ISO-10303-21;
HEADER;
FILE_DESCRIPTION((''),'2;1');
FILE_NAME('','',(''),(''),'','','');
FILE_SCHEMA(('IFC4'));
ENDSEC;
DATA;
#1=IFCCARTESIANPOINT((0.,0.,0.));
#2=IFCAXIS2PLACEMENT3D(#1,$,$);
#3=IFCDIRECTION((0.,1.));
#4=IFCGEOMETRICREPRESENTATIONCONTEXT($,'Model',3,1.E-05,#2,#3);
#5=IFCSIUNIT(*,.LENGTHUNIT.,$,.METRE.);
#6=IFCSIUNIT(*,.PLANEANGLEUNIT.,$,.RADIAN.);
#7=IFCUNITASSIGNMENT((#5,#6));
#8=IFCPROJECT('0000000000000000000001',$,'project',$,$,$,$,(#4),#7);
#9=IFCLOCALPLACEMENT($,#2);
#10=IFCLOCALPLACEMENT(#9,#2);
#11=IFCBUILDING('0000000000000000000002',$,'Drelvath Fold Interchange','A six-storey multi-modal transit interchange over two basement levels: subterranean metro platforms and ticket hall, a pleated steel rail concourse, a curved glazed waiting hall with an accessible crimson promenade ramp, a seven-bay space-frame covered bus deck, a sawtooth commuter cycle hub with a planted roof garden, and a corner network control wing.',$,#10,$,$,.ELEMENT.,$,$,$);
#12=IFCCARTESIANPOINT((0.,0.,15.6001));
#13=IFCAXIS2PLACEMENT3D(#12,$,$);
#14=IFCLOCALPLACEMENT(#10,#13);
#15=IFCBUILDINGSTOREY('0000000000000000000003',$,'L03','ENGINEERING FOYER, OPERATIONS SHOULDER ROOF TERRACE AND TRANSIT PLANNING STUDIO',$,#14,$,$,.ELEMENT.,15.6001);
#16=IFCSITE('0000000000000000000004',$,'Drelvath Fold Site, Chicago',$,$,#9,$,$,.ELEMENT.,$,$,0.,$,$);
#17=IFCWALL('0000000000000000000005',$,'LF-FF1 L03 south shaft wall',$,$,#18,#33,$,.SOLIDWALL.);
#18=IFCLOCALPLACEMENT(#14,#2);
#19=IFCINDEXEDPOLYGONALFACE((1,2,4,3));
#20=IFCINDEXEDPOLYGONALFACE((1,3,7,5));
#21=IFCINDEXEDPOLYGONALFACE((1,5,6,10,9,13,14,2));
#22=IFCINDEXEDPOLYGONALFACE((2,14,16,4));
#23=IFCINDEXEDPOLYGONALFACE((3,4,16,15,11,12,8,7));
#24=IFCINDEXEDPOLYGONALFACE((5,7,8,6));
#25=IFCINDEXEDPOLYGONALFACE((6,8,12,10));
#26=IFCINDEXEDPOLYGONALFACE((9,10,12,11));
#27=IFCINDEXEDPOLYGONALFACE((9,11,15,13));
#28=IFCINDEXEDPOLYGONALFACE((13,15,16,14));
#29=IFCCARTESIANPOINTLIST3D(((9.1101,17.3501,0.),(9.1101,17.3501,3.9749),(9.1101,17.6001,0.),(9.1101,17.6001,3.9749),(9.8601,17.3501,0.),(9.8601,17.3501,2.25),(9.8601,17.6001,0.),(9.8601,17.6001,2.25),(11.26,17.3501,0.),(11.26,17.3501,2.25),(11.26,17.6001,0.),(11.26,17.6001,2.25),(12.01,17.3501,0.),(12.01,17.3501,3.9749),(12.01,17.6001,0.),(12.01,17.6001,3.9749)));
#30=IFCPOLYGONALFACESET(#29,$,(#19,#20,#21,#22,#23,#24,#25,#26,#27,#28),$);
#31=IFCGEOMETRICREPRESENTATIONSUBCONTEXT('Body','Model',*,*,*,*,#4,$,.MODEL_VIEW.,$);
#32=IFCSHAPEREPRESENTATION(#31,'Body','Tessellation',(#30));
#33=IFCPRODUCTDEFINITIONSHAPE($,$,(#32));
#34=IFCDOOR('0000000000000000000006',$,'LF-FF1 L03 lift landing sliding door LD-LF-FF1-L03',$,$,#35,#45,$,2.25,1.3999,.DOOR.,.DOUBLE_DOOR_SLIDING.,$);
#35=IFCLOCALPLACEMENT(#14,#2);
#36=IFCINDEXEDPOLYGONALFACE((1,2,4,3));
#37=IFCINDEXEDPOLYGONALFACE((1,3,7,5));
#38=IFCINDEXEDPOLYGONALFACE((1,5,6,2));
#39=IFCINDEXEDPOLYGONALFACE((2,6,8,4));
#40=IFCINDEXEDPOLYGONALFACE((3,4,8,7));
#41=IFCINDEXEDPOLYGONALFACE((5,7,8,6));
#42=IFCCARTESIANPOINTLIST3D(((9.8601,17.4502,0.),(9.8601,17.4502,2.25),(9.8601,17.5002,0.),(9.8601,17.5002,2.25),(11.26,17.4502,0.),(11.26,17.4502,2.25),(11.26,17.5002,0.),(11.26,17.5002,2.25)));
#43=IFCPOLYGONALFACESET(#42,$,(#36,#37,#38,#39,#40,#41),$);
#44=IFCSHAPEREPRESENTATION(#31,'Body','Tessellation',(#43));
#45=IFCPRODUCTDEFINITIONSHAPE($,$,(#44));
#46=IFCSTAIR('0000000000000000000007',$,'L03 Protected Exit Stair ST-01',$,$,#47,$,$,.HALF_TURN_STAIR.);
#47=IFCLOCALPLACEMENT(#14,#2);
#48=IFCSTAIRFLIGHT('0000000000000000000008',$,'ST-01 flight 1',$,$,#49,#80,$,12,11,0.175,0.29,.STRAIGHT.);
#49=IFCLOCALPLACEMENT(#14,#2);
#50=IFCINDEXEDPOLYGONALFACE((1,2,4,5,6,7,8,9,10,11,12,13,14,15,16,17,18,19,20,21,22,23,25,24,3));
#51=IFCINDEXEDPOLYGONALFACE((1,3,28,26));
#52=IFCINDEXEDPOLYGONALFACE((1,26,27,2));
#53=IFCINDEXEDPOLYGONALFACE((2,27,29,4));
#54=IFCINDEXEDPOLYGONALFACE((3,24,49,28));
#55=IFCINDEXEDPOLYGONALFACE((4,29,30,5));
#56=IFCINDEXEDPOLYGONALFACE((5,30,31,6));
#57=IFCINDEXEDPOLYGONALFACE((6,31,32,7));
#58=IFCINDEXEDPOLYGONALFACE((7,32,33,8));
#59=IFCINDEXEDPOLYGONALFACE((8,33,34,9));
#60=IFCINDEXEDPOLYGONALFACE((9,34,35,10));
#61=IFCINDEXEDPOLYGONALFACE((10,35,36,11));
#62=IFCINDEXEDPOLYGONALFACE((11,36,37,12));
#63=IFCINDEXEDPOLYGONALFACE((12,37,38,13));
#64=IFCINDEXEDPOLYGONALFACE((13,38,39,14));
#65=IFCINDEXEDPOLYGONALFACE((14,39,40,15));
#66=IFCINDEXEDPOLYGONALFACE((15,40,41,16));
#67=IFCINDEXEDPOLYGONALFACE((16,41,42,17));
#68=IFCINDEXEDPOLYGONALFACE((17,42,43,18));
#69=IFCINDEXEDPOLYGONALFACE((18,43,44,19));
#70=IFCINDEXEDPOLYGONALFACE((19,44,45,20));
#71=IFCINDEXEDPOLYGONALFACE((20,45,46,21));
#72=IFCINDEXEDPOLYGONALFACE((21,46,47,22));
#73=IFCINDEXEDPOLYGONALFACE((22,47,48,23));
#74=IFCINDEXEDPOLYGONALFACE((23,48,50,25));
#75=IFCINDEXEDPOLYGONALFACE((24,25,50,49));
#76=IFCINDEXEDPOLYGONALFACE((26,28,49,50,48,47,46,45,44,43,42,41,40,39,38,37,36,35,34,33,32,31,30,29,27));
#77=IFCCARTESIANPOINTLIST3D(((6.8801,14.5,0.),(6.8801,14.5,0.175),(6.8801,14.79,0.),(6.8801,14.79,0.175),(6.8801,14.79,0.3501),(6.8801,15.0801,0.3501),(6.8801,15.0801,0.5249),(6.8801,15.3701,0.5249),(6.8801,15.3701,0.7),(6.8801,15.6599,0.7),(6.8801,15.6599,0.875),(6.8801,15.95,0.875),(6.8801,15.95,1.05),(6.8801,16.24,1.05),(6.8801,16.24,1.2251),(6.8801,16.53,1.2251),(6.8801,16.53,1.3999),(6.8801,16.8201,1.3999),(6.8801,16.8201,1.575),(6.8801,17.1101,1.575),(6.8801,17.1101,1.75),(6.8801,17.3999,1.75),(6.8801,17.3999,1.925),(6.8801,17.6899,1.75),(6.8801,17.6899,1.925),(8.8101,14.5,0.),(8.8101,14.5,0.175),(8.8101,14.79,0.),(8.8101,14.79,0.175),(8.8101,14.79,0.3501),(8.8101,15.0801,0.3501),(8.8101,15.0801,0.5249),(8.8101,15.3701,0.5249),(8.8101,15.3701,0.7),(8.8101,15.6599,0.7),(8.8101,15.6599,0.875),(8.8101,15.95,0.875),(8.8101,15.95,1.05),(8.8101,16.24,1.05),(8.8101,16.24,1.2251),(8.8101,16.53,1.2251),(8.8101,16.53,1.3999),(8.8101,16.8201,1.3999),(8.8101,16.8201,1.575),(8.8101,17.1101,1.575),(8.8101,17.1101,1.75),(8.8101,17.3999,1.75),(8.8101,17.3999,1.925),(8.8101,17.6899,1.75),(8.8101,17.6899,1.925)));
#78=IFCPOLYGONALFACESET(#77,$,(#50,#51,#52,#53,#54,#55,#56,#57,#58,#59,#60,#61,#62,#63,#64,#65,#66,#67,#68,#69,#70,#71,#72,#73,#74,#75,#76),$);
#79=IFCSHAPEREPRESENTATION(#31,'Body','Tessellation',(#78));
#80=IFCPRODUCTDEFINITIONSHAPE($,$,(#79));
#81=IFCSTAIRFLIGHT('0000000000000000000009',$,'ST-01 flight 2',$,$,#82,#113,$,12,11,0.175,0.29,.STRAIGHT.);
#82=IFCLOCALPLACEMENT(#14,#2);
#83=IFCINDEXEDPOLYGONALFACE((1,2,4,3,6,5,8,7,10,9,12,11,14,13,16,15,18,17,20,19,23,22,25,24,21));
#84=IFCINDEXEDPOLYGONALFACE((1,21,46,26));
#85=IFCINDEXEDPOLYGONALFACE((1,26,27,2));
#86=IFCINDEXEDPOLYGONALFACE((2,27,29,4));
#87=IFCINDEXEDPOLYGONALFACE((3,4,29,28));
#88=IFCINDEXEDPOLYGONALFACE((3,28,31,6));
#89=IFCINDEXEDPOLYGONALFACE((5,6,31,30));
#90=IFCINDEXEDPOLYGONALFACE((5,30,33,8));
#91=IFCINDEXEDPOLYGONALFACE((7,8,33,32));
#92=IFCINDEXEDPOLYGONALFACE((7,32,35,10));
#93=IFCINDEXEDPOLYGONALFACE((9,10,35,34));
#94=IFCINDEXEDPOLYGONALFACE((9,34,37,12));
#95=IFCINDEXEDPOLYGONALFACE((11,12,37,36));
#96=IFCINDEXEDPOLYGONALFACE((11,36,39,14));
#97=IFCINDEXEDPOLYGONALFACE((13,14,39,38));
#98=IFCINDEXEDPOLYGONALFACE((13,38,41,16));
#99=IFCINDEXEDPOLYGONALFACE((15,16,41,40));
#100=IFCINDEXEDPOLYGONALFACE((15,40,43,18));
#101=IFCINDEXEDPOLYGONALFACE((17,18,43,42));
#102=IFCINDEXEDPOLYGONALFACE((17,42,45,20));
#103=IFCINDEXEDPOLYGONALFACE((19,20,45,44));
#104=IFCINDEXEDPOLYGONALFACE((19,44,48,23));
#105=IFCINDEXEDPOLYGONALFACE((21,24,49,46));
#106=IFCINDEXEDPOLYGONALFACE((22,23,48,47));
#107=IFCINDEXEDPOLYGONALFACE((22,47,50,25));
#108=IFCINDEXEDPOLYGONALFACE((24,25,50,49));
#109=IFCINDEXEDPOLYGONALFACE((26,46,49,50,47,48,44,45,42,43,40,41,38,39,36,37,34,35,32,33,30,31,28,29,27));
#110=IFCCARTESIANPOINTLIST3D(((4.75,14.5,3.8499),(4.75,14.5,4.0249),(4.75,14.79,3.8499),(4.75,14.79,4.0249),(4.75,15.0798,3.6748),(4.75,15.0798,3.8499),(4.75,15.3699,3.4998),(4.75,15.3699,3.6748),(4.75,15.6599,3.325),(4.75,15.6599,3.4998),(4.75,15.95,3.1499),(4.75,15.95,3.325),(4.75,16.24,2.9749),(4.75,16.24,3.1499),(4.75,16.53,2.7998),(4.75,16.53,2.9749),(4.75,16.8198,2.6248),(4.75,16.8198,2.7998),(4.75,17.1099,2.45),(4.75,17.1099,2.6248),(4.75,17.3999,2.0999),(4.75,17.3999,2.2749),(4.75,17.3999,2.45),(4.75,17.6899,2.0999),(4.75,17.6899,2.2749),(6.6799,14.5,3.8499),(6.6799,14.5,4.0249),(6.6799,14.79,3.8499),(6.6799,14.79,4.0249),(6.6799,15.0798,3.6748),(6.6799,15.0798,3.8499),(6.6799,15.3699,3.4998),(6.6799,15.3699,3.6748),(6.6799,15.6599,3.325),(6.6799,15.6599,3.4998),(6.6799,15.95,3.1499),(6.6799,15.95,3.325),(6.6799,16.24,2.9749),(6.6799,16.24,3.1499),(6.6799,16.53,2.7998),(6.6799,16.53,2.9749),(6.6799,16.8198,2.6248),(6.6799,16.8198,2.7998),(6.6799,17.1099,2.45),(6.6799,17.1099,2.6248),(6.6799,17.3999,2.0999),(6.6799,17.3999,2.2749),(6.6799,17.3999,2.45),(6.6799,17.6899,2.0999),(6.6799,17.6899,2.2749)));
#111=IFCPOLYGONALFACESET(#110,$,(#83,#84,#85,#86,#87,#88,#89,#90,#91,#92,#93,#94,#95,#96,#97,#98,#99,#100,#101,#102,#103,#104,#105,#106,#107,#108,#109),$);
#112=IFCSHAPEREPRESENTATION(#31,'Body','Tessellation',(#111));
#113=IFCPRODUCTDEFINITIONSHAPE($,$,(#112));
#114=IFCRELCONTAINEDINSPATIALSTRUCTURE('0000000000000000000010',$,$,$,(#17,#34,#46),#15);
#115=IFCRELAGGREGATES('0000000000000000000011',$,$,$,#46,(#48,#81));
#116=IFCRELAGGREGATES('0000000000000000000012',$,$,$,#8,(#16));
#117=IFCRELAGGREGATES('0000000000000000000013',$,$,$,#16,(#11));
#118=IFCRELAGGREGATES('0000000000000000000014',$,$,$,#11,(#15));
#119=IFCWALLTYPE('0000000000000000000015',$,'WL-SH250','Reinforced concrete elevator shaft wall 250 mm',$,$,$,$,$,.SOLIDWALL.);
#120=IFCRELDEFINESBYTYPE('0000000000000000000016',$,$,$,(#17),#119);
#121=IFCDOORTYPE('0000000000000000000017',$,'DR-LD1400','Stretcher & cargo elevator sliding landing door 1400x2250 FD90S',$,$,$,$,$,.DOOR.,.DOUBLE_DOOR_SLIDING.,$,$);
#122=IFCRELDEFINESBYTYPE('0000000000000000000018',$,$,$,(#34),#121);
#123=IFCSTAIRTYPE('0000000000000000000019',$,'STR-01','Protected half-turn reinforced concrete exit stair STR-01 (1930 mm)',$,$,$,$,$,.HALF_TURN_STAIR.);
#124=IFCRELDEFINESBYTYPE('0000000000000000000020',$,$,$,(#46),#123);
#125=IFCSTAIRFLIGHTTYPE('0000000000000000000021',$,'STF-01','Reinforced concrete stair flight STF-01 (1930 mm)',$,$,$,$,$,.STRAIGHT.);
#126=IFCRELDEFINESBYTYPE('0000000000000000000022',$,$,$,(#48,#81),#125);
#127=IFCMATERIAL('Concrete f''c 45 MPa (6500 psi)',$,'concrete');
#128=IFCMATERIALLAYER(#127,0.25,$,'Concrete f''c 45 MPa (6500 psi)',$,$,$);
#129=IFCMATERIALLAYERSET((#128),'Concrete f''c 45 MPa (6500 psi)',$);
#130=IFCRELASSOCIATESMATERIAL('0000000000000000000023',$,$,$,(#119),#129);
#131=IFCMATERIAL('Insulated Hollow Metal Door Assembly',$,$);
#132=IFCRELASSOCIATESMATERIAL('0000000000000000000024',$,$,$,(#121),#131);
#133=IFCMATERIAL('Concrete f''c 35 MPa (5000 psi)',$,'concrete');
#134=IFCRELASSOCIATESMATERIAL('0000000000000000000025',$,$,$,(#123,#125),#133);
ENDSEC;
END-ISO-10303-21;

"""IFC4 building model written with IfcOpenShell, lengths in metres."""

from ifc_helpers import new_model, si_unit, direction, frame, frame_2d, origin, place, context, subcontext, project, spatial, polyline, rectangle, outline, extrude, material, layer, layer_set, type_object, element, fill, aggregate, save


model = new_model("IFC4")

# Units and contexts
model_context = context("Model", 3, precision=1e-05, world=origin(), true_north=direction((0.0, 1.0)))
body_context = subcontext(model_context, "Body", "Model", "MODEL_VIEW")
ifc_project = project(units=[si_unit("LENGTHUNIT", "METRE"), si_unit("PLANEANGLEUNIT", "RADIAN")], contexts=[model_context])

# Site, building, storey
site_placement = place(None, origin())
site = spatial("IfcSite", under=ifc_project, at=site_placement, Name="Drelvath Fold Site, Chicago", CompositionType="ELEMENT", RefElevation=0.0)
building_placement = place(site_placement, origin())
building = spatial("IfcBuilding", under=site, at=building_placement, Name="Drelvath Fold Interchange", Description="A six-storey multi-modal transit interchange over two basement levels: subterranean metro platforms and ticket hall, a pleated steel rail concourse, a curved glazed waiting hall with an accessible crimson promenade ramp, a seven-bay space-frame covered bus deck, a sawtooth commuter cycle hub with a planted roof garden, and a corner network control wing.", CompositionType="ELEMENT")
storey_placement = place(building_placement, frame((0.0, 0.0, 15.6001)))
storey = spatial("IfcBuildingStorey", under=building, at=storey_placement, Name="L03", Description="ENGINEERING FOYER, OPERATIONS SHOULDER ROOF TERRACE AND TRANSIT PLANNING STUDIO", CompositionType="ELEMENT", Elevation=15.6001)

# Shared definitions
ifc_material_1 = material(Name="Concrete f'c 45 MPa (6500 psi)", Category="concrete")

# Wall, opening, door
ifc_material_2 = material(Name="Insulated Hollow Metal Door Assembly")
ifc_layer_1 = layer(ifc_material_1, 0.25, Name="Concrete f'c 45 MPa (6500 psi)")
ifc_layer_set_1 = layer_set([ifc_layer_1], Name="Concrete f'c 45 MPa (6500 psi)")
wall_type_1 = type_object("IfcWallType", Name="WL-SH250", Description="Reinforced concrete elevator shaft wall 250 mm", PredefinedType="SOLIDWALL", material=ifc_layer_set_1)
wall_1_placement = place(storey_placement, frame((9.1101, 17.4751, 0.0), z_axis=(0.0, 0.0, 1.0), x_axis=(1.0, 0.0, 0.0)))
wall_1 = element("IfcWall", 1, at=wall_1_placement, inside=storey, type_object=wall_type_1, Name="LF-FF1 L03 south shaft wall", PredefinedType="SOLIDWALL", context=body_context, shape_type="SweptSolid", body=[
    extrude(rectangle(XDim=2.8999, YDim=0.25, at=frame_2d((1.45, 0.0))), origin(), (0.0, 0.0, 1.0), 3.9749),
])
opening_1_placement = place(wall_1_placement, frame((0.75, 0.0, 0.0)))
opening_1 = element("IfcOpeningElement", 2, at=opening_1_placement, cuts=wall_1, PredefinedType="OPENING", context=body_context, shape_type="SweptSolid", body=[
    extrude(rectangle(XDim=1.3999, YDim=2.25, at=frame_2d((0.7, 1.125))), frame((0.0, 0.135, 0.0), z_axis=(0.0, -1.0, 0.0), x_axis=(1.0, 0.0, 0.0)), (0.0, 0.0, 1.0), 0.27),
])
door_type_1 = type_object("IfcDoorType", Name="DR-LD1400", Description="Stretcher & cargo elevator sliding landing door 1400x2250 FD90S", OperationType="DOUBLE_DOOR_SLIDING", PredefinedType="DOOR", material=ifc_material_2)
door_1_placement = place(opening_1_placement, frame((1.3999, 0.0, 0.0), z_axis=(0.0, 0.0, 1.0), x_axis=(-1.0, 0.0, 0.0)))
door_1 = element("IfcDoor", 3, at=door_1_placement, inside=storey, type_object=door_type_1, Name="LF-FF1 L03 lift landing sliding door LD-LF-FF1-L03", OperationType="DOUBLE_DOOR_SLIDING", OverallHeight=2.25, OverallWidth=1.3999, PredefinedType="DOOR", context=body_context, shape_type="SweptSolid", body=[
    extrude(rectangle(XDim=1.3999, YDim=2.25, at=frame_2d((0.7, 1.125))), frame((0.0, 0.0249, 0.0), z_axis=(0.0, -1.0, 0.0), x_axis=(1.0, 0.0, 0.0)), (0.0, 0.0, 1.0), 0.05),
])
fill(opening_1, door_1)

# Stair, stair flights
ifc_material_3 = material(Name="Concrete f'c 35 MPa (5000 psi)", Category="concrete")
stair_type = type_object("IfcStairType", Name="STR-01", Description="Protected half-turn reinforced concrete exit stair STR-01 (1930 mm)", PredefinedType="HALF_TURN_STAIR", material=ifc_material_3)
stair_placement = place(storey_placement, origin())
stair = element("IfcStair", 4, at=stair_placement, inside=storey, type_object=stair_type, Name="L03 Protected Exit Stair ST-01", PredefinedType="HALF_TURN_STAIR")
stair_flight_type = type_object("IfcStairFlightType", Name="STF-01", Description="Reinforced concrete stair flight STF-01 (1930 mm)", PredefinedType="STRAIGHT", material=ifc_material_3)
stair_flight_1_placement = place(storey_placement, frame((7.845, 14.5, 0.0), z_axis=(0.0, 0.0, 1.0), x_axis=(0.0, 1.0, 0.0)))
stair_flight_1 = element("IfcStairFlight", 5, at=stair_flight_1_placement, type_object=stair_flight_type, Name="ST-01 flight 1", NumberOfRisers=12, NumberOfTreads=11, PredefinedType="STRAIGHT", RiserHeight=0.175, TreadLength=0.29, context=body_context, shape_type="SweptSolid", body=[
    extrude(outline(polyline([(0.0, 0.0), (0.0, 0.175), (0.29, 0.175), (0.29, 0.3501), (0.5801, 0.3501), (0.5801, 0.5249), (0.8701, 0.5249), (0.8701, 0.7), (1.1599, 0.7), (1.1599, 0.875), (1.45, 0.875), (1.45, 1.05), (1.74, 1.05), (1.74, 1.2251), (2.03, 1.2251), (2.03, 1.3999), (2.3201, 1.3999), (2.3201, 1.575), (2.6101, 1.575), (2.6101, 1.75), (2.8999, 1.75), (2.8999, 1.925), (3.1899, 1.925), (3.1899, 2.1001), (3.1899, 1.75), (0.29, 0.0), (0.0, 0.0)])), frame((0.0, 0.9648, 0.0), z_axis=(0.0, -1.0, 0.0), x_axis=(1.0, 0.0, 0.0)), (0.0, 0.0, 1.0), 1.9299),
])
stair_flight_2_placement = place(storey_placement, frame((5.7151, 17.6899, 2.0999), z_axis=(0.0, 0.0, 1.0), x_axis=(0.0, -1.0, 0.0)))
stair_flight_2 = element("IfcStairFlight", 6, at=stair_flight_2_placement, type_object=stair_flight_type, Name="ST-01 flight 2", NumberOfRisers=12, NumberOfTreads=11, PredefinedType="STRAIGHT", RiserHeight=0.175, TreadLength=0.29, context=body_context, shape_type="SweptSolid", body=[
    extrude(outline(polyline([(0.0, 0.0), (0.0, 0.175), (0.29, 0.175), (0.29, 0.3501), (0.5801, 0.3501), (0.5801, 0.5249), (0.8701, 0.5249), (0.8701, 0.7), (1.1599, 0.7), (1.1599, 0.875), (1.45, 0.875), (1.45, 1.05), (1.74, 1.05), (1.74, 1.2251), (2.03, 1.2251), (2.03, 1.3999), (2.3201, 1.3999), (2.3201, 1.575), (2.6101, 1.575), (2.6101, 1.75), (2.8999, 1.75), (2.8999, 1.925), (3.1899, 1.925), (3.1899, 2.1001), (3.1899, 1.75), (0.29, 0.0), (0.0, 0.0)])), frame((0.0, 0.9648, 0.0), z_axis=(0.0, -1.0, 0.0), x_axis=(1.0, 0.0, 0.0)), (0.0, 0.0, 1.0), 1.9299),
])
aggregate(stair, [stair_flight_1, stair_flight_2])

save(model, "model.ifc")
